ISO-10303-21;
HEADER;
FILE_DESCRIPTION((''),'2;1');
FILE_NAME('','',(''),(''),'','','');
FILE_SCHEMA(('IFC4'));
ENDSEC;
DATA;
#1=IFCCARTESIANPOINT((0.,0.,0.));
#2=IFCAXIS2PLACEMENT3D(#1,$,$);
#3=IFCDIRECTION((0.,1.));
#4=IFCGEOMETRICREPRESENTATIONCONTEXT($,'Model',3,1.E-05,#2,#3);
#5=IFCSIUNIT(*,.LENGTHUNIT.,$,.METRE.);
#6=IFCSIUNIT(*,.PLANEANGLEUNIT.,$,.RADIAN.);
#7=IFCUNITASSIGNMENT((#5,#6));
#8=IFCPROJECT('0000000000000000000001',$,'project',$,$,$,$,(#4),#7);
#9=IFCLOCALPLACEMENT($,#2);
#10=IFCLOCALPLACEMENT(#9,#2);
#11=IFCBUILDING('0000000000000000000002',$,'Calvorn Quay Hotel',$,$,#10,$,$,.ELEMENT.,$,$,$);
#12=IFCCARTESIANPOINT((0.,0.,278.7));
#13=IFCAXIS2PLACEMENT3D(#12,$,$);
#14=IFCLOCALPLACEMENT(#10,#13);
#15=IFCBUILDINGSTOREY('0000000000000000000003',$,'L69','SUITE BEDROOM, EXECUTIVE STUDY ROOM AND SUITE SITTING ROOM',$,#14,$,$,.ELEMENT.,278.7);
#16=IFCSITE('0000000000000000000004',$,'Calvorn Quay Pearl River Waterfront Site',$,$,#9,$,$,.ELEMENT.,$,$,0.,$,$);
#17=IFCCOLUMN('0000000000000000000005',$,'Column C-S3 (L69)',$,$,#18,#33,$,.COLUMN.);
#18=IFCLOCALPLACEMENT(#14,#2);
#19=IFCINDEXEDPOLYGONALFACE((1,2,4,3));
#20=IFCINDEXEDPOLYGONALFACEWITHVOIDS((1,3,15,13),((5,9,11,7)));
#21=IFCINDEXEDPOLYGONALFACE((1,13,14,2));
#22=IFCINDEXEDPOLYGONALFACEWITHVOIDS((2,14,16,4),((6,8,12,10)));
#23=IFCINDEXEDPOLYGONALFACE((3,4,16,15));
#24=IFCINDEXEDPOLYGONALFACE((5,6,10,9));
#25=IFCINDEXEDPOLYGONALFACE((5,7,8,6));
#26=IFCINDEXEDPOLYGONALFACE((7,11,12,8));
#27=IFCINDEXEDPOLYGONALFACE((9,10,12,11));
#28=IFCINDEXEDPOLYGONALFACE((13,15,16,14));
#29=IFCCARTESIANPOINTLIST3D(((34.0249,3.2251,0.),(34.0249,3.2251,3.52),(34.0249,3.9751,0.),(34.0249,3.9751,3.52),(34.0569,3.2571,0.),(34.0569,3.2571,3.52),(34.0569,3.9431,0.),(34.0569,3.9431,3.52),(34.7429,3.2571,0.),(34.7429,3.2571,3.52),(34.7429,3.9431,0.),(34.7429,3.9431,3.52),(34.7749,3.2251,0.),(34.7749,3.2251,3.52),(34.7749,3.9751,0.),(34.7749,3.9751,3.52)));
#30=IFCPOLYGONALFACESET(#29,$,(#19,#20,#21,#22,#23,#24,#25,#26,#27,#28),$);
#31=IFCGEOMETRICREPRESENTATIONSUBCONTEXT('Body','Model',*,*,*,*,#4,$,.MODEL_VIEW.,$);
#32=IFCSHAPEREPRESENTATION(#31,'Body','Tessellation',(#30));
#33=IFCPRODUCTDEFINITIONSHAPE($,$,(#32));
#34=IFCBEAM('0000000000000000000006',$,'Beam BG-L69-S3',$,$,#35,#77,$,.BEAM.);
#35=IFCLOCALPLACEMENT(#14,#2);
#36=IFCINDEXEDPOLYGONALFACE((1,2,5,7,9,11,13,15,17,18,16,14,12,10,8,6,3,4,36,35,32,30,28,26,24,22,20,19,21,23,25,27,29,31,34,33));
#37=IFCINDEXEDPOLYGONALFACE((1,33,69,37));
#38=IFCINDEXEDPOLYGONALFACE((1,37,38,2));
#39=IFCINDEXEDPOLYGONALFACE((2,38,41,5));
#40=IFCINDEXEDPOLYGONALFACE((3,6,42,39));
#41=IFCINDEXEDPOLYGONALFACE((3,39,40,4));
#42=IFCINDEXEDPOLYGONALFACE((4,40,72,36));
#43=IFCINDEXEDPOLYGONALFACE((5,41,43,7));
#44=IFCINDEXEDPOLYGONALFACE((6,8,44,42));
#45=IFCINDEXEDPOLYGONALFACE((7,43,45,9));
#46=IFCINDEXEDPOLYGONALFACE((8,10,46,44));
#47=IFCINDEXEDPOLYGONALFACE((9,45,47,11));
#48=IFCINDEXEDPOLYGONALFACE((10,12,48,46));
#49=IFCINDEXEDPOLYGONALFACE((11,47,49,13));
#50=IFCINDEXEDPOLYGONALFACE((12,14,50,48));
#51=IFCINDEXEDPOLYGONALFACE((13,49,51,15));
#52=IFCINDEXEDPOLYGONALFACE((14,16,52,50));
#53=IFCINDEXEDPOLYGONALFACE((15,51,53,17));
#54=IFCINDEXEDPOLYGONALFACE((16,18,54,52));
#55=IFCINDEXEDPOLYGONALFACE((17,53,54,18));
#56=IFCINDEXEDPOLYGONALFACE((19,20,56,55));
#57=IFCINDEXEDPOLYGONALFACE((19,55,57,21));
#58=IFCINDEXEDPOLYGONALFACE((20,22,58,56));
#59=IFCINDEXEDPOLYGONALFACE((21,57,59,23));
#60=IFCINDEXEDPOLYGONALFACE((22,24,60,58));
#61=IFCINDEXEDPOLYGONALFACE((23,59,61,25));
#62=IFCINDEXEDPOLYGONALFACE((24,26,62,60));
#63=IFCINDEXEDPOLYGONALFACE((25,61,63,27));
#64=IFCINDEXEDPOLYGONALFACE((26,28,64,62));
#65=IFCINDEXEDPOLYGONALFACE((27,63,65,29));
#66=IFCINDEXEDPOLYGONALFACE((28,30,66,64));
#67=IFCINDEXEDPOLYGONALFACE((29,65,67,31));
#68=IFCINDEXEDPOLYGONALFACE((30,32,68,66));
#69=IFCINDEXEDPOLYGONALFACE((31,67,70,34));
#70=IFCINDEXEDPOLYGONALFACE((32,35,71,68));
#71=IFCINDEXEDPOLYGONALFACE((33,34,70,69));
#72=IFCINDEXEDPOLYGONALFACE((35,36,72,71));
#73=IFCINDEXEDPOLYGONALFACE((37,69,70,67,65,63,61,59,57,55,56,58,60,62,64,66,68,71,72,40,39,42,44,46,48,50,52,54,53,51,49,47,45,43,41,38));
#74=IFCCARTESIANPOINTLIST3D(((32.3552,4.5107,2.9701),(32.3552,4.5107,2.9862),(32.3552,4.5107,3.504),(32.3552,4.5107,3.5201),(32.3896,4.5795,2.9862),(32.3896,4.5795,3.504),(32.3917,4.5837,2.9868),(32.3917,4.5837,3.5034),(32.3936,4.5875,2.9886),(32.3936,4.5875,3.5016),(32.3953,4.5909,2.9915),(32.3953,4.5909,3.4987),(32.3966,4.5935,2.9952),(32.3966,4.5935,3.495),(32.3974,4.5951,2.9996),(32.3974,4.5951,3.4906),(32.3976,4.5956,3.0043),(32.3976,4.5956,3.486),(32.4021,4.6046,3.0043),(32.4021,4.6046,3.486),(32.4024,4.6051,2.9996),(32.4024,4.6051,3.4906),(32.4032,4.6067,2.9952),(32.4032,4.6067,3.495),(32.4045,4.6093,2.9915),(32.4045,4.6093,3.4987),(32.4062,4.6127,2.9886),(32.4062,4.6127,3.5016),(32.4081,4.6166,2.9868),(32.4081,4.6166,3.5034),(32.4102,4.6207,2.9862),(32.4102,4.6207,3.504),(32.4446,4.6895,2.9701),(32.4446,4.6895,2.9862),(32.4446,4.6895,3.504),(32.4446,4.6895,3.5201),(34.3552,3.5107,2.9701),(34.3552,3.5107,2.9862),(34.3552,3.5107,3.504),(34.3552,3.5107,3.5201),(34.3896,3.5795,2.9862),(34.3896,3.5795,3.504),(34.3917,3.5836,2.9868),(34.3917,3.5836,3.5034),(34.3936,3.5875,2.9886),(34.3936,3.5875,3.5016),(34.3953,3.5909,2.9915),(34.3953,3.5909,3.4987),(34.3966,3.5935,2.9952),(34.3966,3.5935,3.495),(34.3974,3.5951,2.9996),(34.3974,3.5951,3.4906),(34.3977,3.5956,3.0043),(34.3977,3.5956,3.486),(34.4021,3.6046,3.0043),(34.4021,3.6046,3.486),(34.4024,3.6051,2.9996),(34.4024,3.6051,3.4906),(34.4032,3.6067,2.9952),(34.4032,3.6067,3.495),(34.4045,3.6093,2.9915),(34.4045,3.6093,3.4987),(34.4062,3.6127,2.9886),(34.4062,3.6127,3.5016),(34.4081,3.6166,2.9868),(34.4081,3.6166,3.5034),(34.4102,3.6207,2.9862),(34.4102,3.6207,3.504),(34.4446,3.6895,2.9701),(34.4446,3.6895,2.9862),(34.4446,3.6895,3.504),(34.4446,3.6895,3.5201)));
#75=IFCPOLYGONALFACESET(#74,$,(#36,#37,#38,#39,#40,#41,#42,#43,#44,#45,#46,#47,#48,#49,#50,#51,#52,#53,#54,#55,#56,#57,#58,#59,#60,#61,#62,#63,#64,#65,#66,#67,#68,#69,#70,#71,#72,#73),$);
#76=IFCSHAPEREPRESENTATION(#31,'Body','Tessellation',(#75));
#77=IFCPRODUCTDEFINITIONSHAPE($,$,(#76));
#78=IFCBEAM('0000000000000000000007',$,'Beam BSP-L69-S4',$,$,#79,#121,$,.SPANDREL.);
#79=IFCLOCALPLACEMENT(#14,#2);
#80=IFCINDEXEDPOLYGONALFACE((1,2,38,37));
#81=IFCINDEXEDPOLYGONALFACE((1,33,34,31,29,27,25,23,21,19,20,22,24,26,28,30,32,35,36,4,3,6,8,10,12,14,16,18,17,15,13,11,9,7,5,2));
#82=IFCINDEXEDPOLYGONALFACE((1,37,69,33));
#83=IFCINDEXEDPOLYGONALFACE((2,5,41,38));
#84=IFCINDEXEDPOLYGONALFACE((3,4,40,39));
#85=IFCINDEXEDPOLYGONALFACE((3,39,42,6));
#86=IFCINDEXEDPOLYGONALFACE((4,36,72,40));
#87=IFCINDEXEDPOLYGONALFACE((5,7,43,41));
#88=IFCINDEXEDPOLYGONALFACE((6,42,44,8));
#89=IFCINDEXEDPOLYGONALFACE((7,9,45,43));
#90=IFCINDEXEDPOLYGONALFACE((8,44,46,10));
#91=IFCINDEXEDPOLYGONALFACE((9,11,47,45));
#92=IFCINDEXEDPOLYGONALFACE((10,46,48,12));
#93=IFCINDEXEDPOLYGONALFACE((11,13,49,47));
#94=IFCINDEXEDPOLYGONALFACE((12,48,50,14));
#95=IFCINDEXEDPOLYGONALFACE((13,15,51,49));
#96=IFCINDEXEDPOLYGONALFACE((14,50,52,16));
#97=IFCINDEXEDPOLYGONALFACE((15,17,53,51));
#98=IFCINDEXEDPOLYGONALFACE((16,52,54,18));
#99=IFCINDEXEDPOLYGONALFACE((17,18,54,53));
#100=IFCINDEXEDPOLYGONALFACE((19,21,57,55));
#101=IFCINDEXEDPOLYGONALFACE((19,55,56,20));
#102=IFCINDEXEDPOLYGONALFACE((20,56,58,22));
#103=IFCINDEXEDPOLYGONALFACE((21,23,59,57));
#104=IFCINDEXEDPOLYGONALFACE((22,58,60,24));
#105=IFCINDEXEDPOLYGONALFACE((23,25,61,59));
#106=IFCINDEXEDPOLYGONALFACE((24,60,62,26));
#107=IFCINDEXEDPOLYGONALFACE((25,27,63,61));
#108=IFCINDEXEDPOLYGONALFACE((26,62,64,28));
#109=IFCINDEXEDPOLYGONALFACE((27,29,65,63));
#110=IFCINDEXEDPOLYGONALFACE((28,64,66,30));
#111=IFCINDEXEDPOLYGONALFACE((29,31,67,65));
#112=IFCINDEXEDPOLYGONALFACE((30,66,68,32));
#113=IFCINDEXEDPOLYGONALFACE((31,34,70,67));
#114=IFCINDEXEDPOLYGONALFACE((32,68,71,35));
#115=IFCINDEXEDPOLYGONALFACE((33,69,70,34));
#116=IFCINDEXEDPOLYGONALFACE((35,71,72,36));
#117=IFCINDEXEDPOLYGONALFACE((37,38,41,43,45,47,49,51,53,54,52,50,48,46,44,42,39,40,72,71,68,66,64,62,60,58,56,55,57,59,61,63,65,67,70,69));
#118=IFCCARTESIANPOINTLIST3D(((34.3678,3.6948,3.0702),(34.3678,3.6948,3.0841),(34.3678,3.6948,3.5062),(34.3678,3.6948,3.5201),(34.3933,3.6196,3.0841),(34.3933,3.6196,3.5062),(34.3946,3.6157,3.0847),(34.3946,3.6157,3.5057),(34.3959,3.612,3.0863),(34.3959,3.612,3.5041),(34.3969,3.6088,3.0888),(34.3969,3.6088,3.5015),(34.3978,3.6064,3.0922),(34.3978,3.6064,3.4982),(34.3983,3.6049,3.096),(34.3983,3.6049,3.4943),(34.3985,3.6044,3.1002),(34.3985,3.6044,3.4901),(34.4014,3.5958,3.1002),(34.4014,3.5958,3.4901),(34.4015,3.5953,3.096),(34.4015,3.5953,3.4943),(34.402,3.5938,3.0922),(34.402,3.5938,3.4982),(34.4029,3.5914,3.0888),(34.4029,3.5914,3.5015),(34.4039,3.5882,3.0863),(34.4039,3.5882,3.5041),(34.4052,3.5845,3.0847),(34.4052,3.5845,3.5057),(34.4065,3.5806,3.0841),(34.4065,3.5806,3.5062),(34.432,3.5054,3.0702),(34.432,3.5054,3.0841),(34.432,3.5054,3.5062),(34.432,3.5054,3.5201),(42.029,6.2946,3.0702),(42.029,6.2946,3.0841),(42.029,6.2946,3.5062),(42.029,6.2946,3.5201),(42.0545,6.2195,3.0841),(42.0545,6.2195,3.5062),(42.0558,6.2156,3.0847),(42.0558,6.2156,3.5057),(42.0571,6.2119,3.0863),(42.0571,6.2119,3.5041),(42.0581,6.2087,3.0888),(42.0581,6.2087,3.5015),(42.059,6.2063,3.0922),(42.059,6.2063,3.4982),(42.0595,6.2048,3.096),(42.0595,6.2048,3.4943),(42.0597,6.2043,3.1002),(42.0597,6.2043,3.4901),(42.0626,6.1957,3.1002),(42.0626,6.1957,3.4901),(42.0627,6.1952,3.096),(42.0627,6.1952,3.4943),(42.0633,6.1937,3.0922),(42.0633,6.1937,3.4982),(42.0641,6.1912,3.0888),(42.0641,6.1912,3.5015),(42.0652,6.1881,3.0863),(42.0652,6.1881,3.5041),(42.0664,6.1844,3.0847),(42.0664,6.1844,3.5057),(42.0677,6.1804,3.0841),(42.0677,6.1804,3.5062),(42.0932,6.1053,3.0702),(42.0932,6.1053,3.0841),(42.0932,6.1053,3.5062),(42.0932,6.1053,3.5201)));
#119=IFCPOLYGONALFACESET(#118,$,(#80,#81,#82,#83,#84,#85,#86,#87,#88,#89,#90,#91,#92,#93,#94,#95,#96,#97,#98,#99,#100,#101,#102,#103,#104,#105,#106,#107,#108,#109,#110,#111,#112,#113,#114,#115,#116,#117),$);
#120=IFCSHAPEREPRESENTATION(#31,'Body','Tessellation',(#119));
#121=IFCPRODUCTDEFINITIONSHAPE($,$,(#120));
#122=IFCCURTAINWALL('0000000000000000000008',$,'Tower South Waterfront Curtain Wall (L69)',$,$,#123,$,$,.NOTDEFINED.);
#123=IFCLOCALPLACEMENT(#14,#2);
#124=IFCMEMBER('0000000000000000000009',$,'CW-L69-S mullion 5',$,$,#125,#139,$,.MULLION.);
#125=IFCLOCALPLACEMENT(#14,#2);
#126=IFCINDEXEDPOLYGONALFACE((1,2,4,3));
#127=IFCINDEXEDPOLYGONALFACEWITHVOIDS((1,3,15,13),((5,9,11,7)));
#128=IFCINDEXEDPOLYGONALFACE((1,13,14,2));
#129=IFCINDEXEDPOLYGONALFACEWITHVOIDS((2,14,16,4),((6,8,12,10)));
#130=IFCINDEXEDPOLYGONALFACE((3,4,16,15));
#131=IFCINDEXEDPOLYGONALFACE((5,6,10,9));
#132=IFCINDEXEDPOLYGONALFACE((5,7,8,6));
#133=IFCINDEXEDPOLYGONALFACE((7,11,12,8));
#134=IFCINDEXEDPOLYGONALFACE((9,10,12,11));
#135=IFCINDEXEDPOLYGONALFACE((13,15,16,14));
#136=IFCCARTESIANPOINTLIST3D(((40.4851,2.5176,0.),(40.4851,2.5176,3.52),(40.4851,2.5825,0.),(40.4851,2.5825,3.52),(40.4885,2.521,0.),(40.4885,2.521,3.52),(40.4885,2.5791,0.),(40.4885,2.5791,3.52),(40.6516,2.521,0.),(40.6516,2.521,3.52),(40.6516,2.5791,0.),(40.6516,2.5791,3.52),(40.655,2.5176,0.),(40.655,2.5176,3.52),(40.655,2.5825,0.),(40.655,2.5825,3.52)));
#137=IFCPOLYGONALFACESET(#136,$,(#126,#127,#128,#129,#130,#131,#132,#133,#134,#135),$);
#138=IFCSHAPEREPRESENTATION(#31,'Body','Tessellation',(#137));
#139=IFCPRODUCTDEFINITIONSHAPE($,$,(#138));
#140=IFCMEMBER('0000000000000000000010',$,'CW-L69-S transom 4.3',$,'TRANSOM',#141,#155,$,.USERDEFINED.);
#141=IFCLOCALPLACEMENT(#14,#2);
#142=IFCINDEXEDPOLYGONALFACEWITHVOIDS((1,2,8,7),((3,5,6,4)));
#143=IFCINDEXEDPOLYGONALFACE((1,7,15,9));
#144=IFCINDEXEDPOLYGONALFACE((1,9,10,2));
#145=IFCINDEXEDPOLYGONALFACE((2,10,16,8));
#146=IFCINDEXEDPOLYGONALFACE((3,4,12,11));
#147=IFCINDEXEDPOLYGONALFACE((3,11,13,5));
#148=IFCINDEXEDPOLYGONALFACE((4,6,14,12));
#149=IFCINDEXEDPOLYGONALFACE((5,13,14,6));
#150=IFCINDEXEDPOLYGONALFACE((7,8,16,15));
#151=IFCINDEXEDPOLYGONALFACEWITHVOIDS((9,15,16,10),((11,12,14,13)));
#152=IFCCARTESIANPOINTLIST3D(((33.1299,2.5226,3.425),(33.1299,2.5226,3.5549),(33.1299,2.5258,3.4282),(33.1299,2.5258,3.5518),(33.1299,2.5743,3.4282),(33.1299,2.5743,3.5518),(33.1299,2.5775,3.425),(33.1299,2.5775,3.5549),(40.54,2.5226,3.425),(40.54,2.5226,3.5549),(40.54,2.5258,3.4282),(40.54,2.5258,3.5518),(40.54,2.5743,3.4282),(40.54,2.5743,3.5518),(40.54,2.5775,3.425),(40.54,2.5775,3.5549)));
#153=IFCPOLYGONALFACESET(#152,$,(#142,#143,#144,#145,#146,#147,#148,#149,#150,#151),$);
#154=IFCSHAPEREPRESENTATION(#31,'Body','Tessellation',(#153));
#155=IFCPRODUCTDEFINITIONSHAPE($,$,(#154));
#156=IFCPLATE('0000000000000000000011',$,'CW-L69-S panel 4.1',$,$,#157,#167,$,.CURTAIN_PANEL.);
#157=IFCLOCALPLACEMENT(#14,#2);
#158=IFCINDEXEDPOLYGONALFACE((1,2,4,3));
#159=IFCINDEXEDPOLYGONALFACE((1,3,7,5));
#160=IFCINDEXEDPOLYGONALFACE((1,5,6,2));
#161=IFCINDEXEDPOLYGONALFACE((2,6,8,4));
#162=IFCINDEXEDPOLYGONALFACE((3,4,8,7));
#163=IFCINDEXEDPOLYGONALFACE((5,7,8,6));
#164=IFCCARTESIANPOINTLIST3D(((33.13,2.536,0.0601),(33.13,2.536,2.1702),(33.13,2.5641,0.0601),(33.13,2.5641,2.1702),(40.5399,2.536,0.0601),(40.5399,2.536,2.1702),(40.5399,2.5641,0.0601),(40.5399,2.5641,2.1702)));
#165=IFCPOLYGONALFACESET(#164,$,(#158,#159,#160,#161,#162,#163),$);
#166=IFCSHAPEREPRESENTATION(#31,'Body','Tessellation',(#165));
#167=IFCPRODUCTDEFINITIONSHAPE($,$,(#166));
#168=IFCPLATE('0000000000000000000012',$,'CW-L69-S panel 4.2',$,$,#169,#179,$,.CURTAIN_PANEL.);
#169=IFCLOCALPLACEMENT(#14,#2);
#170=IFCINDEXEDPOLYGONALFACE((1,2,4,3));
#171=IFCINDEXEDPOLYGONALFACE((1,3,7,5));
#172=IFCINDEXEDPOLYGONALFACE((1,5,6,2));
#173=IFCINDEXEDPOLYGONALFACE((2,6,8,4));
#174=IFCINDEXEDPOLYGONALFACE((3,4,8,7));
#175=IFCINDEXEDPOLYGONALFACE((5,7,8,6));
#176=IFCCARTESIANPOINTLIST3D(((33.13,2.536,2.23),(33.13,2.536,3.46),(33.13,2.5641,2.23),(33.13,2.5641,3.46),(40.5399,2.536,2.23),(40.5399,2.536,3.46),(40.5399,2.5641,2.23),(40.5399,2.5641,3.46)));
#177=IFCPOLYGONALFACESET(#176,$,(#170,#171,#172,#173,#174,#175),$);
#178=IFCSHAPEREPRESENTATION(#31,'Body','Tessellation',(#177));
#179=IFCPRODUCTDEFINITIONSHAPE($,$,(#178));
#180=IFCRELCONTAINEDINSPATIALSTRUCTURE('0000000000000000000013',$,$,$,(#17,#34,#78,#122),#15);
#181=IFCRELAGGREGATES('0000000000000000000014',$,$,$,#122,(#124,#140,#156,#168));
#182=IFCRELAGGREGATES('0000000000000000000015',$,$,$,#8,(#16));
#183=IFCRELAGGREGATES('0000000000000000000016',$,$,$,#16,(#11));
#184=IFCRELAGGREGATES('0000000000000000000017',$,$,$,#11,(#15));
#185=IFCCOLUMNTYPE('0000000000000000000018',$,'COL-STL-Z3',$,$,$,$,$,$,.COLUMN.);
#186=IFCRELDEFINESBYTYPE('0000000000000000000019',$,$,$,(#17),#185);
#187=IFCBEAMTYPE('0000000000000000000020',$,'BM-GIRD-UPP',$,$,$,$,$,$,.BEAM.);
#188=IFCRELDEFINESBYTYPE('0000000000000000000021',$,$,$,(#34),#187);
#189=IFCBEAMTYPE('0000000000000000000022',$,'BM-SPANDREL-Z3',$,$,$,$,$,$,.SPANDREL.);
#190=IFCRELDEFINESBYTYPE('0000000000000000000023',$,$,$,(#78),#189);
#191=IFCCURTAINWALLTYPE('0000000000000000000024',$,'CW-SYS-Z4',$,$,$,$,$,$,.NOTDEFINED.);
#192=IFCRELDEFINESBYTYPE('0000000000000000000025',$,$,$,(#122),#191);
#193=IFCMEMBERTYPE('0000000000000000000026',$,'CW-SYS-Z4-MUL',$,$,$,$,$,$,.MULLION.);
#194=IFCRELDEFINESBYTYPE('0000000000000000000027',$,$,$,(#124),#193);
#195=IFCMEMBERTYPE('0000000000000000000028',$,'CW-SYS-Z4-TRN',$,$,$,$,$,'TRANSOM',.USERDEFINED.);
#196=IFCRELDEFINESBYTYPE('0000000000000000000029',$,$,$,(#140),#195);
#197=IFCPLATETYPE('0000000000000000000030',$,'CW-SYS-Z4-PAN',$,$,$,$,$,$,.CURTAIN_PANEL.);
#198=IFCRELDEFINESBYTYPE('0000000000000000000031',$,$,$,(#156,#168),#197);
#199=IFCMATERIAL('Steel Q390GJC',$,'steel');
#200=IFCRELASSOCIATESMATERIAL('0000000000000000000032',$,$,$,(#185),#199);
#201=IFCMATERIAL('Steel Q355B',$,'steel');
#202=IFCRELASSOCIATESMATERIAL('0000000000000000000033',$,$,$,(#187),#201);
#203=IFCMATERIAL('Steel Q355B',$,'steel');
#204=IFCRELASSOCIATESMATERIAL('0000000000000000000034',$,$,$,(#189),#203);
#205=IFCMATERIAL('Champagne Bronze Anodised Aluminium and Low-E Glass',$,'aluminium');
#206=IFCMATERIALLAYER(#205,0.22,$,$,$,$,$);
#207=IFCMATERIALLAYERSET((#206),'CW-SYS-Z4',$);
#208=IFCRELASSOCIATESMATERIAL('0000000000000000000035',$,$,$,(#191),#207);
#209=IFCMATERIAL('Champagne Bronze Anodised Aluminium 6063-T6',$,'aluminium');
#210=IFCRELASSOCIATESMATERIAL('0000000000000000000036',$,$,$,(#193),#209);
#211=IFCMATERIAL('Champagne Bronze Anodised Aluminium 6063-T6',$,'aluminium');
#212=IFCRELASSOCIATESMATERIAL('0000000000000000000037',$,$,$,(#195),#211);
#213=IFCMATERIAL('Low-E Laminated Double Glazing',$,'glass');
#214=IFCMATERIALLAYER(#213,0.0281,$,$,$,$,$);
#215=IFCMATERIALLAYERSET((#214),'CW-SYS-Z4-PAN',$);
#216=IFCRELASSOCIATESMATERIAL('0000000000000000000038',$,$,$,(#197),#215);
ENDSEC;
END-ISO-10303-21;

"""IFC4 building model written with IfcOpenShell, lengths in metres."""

from ifc_helpers import new_model, si_unit, direction, frame, origin, origin_2d, place, context, subcontext, project, spatial, rectangle, hollow_rectangle, i_section, extrude, material, layer, layer_set, material_profile, profile_set, type_object, element, aggregate, save


model = new_model("IFC4")

# Units and contexts
model_context = context("Model", 3, precision=1e-05, world=origin(), true_north=direction((0.0, 1.0)))
body_context = subcontext(model_context, "Body", "Model", "MODEL_VIEW")
ifc_project = project(units=[si_unit("LENGTHUNIT", "METRE"), si_unit("PLANEANGLEUNIT", "RADIAN")], contexts=[model_context])

# Site, building, storey
site_placement = place(None, origin())
site = spatial("IfcSite", under=ifc_project, at=site_placement, Name="Calvorn Quay Pearl River Waterfront Site", CompositionType="ELEMENT", RefElevation=0.0)
building_placement = place(site_placement, origin())
building = spatial("IfcBuilding", under=site, at=building_placement, Name="Calvorn Quay Hotel", CompositionType="ELEMENT")
storey_placement = place(building_placement, frame((0.0, 0.0, 278.7)))
storey = spatial("IfcBuildingStorey", under=building, at=storey_placement, Name="L69", Description="SUITE BEDROOM, EXECUTIVE STUDY ROOM AND SUITE SITTING ROOM", CompositionType="ELEMENT", Elevation=278.7)

# Column
ifc_material_1 = material(Name="Steel Q390GJC", Category="steel")
ifc_material_profile_1 = material_profile(ifc_material_1, hollow_rectangle(XDim=0.75, YDim=0.75, WallThickness=0.032, at=origin_2d()), Name="BOX750x750x32")
ifc_profile_set_1 = profile_set([ifc_material_profile_1], Name="Steel Q390GJC")
column_type = type_object("IfcColumnType", Name="COL-STL-Z3", PredefinedType="COLUMN", material=ifc_profile_set_1)
column_placement = place(storey_placement, frame((34.3999, 3.6001, 0.0), z_axis=(0.0, 0.0, 1.0), x_axis=(1.0, 0.0, 0.0)))
element("IfcColumn", 1, at=column_placement, inside=storey, type_object=column_type, Name="Column C-S3 (L69)", PredefinedType="COLUMN", context=body_context, shape_type="SweptSolid", body=[
    extrude(hollow_rectangle(XDim=0.75, YDim=0.75, WallThickness=0.032, at=origin_2d()), origin(), (0.0, 0.0, 1.0), 3.52),
])

# Beams
ifc_material_2 = material(Name="Steel Q355B", Category="steel")
ifc_material_profile_2 = material_profile(ifc_material_2, i_section(OverallWidth=0.2, OverallDepth=0.55, WebThickness=0.01, FlangeThickness=0.0161, FilletRadius=0.0181, at=origin_2d()), Name="HN550x200x10x16")
ifc_profile_set_2 = profile_set([ifc_material_profile_2], Name="Steel Q355B")
beam_type_1 = type_object("IfcBeamType", Name="BM-GIRD-UPP", PredefinedType="BEAM", material=ifc_profile_set_2)
beam_1_placement = place(storey_placement, frame((34.3999, 3.6001, 3.2451), z_axis=(-0.894427, 0.447214, 0.0), x_axis=(-0.447214, -0.894427, 0.0)))
element("IfcBeam", 2, at=beam_1_placement, inside=storey, type_object=beam_type_1, Name="Beam BG-L69-S3", PredefinedType="BEAM", context=body_context, shape_type="SweptSolid", body=[
    extrude(i_section(OverallWidth=0.2, OverallDepth=0.55, WebThickness=0.01, FlangeThickness=0.0161, FilletRadius=0.0181, at=origin_2d()), origin(), (0.0, 0.0, 1.0), 2.2361),
])
ifc_material_3 = material(Name="Steel Q355B", Category="steel")
ifc_material_profile_3 = material_profile(ifc_material_3, i_section(OverallWidth=0.2, OverallDepth=0.45, WebThickness=0.009, FlangeThickness=0.0139, FilletRadius=0.0161, at=origin_2d()), Name="HN450x200x9x14")
ifc_profile_set_3 = profile_set([ifc_material_profile_3], Name="Steel Q355B")
beam_type_2 = type_object("IfcBeamType", Name="BM-SPANDREL-Z3", PredefinedType="SPANDREL", material=ifc_profile_set_3)
beam_2_placement = place(storey_placement, frame((34.3999, 3.6001, 3.2952), z_axis=(0.946958, 0.321356, 0.0), x_axis=(-0.321356, 0.946958, 0.0)))
element("IfcBeam", 3, at=beam_2_placement, inside=storey, type_object=beam_type_2, Name="Beam BSP-L69-S4", PredefinedType="SPANDREL", context=body_context, shape_type="SweptSolid", body=[
    extrude(i_section(OverallWidth=0.2, OverallDepth=0.45, WebThickness=0.009, FlangeThickness=0.0139, FilletRadius=0.0161, at=origin_2d()), origin(), (0.0, 0.0, 1.0), 8.0903),
])

# Curtain wall, members, plates
ifc_material_4 = material(Name="Champagne Bronze Anodised Aluminium and Low-E Glass", Category="aluminium")
ifc_layer_1 = layer(ifc_material_4, 0.22)
ifc_layer_set_1 = layer_set([ifc_layer_1], Name="CW-SYS-Z4")
curtain_wall_type = type_object("IfcCurtainWallType", Name="CW-SYS-Z4", PredefinedType="NOTDEFINED", material=ifc_layer_set_1)
curtain_wall_placement = place(storey_placement, origin())
curtain_wall = element("IfcCurtainWall", 4, at=curtain_wall_placement, inside=storey, type_object=curtain_wall_type, Name="Tower South Waterfront Curtain Wall (L69)", PredefinedType="NOTDEFINED")
ifc_material_5 = material(Name="Champagne Bronze Anodised Aluminium 6063-T6", Category="aluminium")
ifc_material_profile_4 = material_profile(ifc_material_5, hollow_rectangle(XDim=0.0649, YDim=0.1699, WallThickness=0.0034, at=origin_2d()), Name="ALU-M170x65x3.5")
ifc_profile_set_4 = profile_set([ifc_material_profile_4], Name="Champagne Bronze Anodised Aluminium 6063-T6")
member_type_1 = type_object("IfcMemberType", Name="CW-SYS-Z4-MUL", PredefinedType="MULLION", material=ifc_profile_set_4)
member_1_placement = place(storey_placement, frame((40.5701, 2.55, 0.0), z_axis=(0.0, 0.0, 1.0), x_axis=(0.0, 1.0, 0.0)))
member_1 = element("IfcMember", 5, at=member_1_placement, type_object=member_type_1, Name="CW-L69-S mullion 5", PredefinedType="MULLION", context=body_context, shape_type="SweptSolid", body=[
    extrude(hollow_rectangle(XDim=0.0649, YDim=0.1699, WallThickness=0.0034, at=origin_2d()), origin(), (0.0, 0.0, 1.0), 3.52),
])
ifc_material_6 = material(Name="Champagne Bronze Anodised Aluminium 6063-T6", Category="aluminium")
ifc_material_profile_5 = material_profile(ifc_material_6, hollow_rectangle(XDim=0.0549, YDim=0.1299, WallThickness=0.0032, at=origin_2d()), Name="ALU-T130x55x3.2")
ifc_profile_set_5 = profile_set([ifc_material_profile_5], Name="Champagne Bronze Anodised Aluminium 6063-T6")
member_type_2 = type_object("IfcMemberType", Name="CW-SYS-Z4-TRN", ElementType="TRANSOM", PredefinedType="USERDEFINED", material=ifc_profile_set_5)
member_2_placement = place(storey_placement, frame((33.1299, 2.55, 3.49), z_axis=(1.0, 0.0, 0.0), x_axis=(0.0, 1.0, 0.0)))
member_2 = element("IfcMember", 6, at=member_2_placement, type_object=member_type_2, Name="CW-L69-S transom 4.3", ObjectType="TRANSOM", PredefinedType="USERDEFINED", context=body_context, shape_type="SweptSolid", body=[
    extrude(hollow_rectangle(XDim=0.0549, YDim=0.1299, WallThickness=0.0032, at=origin_2d()), origin(), (0.0, 0.0, 1.0), 7.4102),
])
ifc_material_7 = material(Name="Low-E Laminated Double Glazing", Category="glass")
ifc_layer_2 = layer(ifc_material_7, 0.0281)
ifc_layer_set_2 = layer_set([ifc_layer_2], Name="CW-SYS-Z4-PAN")
plate_type = type_object("IfcPlateType", Name="CW-SYS-Z4-PAN", PredefinedType="CURTAIN_PANEL", material=ifc_layer_set_2)
plate_1_placement = place(storey_placement, frame((36.835, 2.55, 0.0601), z_axis=(0.0, 0.0, 1.0), x_axis=(1.0, 0.0, 0.0)))
plate_1 = element("IfcPlate", 7, at=plate_1_placement, type_object=plate_type, Name="CW-L69-S panel 4.1", PredefinedType="CURTAIN_PANEL", context=body_context, shape_type="SweptSolid", body=[
    extrude(rectangle(XDim=7.4099, YDim=0.0281, at=origin_2d()), origin(), (0.0, 0.0, 1.0), 2.1101),
])
plate_2_placement = place(storey_placement, frame((36.835, 2.55, 2.23), z_axis=(0.0, 0.0, 1.0), x_axis=(1.0, 0.0, 0.0)))
plate_2 = element("IfcPlate", 8, at=plate_2_placement, type_object=plate_type, Name="CW-L69-S panel 4.2", PredefinedType="CURTAIN_PANEL", context=body_context, shape_type="SweptSolid", body=[
    extrude(rectangle(XDim=7.4099, YDim=0.0281, at=origin_2d()), origin(), (0.0, 0.0, 1.0), 1.23),
])
aggregate(curtain_wall, [member_1, member_2, plate_1, plate_2])

save(model, "model.ifc")
